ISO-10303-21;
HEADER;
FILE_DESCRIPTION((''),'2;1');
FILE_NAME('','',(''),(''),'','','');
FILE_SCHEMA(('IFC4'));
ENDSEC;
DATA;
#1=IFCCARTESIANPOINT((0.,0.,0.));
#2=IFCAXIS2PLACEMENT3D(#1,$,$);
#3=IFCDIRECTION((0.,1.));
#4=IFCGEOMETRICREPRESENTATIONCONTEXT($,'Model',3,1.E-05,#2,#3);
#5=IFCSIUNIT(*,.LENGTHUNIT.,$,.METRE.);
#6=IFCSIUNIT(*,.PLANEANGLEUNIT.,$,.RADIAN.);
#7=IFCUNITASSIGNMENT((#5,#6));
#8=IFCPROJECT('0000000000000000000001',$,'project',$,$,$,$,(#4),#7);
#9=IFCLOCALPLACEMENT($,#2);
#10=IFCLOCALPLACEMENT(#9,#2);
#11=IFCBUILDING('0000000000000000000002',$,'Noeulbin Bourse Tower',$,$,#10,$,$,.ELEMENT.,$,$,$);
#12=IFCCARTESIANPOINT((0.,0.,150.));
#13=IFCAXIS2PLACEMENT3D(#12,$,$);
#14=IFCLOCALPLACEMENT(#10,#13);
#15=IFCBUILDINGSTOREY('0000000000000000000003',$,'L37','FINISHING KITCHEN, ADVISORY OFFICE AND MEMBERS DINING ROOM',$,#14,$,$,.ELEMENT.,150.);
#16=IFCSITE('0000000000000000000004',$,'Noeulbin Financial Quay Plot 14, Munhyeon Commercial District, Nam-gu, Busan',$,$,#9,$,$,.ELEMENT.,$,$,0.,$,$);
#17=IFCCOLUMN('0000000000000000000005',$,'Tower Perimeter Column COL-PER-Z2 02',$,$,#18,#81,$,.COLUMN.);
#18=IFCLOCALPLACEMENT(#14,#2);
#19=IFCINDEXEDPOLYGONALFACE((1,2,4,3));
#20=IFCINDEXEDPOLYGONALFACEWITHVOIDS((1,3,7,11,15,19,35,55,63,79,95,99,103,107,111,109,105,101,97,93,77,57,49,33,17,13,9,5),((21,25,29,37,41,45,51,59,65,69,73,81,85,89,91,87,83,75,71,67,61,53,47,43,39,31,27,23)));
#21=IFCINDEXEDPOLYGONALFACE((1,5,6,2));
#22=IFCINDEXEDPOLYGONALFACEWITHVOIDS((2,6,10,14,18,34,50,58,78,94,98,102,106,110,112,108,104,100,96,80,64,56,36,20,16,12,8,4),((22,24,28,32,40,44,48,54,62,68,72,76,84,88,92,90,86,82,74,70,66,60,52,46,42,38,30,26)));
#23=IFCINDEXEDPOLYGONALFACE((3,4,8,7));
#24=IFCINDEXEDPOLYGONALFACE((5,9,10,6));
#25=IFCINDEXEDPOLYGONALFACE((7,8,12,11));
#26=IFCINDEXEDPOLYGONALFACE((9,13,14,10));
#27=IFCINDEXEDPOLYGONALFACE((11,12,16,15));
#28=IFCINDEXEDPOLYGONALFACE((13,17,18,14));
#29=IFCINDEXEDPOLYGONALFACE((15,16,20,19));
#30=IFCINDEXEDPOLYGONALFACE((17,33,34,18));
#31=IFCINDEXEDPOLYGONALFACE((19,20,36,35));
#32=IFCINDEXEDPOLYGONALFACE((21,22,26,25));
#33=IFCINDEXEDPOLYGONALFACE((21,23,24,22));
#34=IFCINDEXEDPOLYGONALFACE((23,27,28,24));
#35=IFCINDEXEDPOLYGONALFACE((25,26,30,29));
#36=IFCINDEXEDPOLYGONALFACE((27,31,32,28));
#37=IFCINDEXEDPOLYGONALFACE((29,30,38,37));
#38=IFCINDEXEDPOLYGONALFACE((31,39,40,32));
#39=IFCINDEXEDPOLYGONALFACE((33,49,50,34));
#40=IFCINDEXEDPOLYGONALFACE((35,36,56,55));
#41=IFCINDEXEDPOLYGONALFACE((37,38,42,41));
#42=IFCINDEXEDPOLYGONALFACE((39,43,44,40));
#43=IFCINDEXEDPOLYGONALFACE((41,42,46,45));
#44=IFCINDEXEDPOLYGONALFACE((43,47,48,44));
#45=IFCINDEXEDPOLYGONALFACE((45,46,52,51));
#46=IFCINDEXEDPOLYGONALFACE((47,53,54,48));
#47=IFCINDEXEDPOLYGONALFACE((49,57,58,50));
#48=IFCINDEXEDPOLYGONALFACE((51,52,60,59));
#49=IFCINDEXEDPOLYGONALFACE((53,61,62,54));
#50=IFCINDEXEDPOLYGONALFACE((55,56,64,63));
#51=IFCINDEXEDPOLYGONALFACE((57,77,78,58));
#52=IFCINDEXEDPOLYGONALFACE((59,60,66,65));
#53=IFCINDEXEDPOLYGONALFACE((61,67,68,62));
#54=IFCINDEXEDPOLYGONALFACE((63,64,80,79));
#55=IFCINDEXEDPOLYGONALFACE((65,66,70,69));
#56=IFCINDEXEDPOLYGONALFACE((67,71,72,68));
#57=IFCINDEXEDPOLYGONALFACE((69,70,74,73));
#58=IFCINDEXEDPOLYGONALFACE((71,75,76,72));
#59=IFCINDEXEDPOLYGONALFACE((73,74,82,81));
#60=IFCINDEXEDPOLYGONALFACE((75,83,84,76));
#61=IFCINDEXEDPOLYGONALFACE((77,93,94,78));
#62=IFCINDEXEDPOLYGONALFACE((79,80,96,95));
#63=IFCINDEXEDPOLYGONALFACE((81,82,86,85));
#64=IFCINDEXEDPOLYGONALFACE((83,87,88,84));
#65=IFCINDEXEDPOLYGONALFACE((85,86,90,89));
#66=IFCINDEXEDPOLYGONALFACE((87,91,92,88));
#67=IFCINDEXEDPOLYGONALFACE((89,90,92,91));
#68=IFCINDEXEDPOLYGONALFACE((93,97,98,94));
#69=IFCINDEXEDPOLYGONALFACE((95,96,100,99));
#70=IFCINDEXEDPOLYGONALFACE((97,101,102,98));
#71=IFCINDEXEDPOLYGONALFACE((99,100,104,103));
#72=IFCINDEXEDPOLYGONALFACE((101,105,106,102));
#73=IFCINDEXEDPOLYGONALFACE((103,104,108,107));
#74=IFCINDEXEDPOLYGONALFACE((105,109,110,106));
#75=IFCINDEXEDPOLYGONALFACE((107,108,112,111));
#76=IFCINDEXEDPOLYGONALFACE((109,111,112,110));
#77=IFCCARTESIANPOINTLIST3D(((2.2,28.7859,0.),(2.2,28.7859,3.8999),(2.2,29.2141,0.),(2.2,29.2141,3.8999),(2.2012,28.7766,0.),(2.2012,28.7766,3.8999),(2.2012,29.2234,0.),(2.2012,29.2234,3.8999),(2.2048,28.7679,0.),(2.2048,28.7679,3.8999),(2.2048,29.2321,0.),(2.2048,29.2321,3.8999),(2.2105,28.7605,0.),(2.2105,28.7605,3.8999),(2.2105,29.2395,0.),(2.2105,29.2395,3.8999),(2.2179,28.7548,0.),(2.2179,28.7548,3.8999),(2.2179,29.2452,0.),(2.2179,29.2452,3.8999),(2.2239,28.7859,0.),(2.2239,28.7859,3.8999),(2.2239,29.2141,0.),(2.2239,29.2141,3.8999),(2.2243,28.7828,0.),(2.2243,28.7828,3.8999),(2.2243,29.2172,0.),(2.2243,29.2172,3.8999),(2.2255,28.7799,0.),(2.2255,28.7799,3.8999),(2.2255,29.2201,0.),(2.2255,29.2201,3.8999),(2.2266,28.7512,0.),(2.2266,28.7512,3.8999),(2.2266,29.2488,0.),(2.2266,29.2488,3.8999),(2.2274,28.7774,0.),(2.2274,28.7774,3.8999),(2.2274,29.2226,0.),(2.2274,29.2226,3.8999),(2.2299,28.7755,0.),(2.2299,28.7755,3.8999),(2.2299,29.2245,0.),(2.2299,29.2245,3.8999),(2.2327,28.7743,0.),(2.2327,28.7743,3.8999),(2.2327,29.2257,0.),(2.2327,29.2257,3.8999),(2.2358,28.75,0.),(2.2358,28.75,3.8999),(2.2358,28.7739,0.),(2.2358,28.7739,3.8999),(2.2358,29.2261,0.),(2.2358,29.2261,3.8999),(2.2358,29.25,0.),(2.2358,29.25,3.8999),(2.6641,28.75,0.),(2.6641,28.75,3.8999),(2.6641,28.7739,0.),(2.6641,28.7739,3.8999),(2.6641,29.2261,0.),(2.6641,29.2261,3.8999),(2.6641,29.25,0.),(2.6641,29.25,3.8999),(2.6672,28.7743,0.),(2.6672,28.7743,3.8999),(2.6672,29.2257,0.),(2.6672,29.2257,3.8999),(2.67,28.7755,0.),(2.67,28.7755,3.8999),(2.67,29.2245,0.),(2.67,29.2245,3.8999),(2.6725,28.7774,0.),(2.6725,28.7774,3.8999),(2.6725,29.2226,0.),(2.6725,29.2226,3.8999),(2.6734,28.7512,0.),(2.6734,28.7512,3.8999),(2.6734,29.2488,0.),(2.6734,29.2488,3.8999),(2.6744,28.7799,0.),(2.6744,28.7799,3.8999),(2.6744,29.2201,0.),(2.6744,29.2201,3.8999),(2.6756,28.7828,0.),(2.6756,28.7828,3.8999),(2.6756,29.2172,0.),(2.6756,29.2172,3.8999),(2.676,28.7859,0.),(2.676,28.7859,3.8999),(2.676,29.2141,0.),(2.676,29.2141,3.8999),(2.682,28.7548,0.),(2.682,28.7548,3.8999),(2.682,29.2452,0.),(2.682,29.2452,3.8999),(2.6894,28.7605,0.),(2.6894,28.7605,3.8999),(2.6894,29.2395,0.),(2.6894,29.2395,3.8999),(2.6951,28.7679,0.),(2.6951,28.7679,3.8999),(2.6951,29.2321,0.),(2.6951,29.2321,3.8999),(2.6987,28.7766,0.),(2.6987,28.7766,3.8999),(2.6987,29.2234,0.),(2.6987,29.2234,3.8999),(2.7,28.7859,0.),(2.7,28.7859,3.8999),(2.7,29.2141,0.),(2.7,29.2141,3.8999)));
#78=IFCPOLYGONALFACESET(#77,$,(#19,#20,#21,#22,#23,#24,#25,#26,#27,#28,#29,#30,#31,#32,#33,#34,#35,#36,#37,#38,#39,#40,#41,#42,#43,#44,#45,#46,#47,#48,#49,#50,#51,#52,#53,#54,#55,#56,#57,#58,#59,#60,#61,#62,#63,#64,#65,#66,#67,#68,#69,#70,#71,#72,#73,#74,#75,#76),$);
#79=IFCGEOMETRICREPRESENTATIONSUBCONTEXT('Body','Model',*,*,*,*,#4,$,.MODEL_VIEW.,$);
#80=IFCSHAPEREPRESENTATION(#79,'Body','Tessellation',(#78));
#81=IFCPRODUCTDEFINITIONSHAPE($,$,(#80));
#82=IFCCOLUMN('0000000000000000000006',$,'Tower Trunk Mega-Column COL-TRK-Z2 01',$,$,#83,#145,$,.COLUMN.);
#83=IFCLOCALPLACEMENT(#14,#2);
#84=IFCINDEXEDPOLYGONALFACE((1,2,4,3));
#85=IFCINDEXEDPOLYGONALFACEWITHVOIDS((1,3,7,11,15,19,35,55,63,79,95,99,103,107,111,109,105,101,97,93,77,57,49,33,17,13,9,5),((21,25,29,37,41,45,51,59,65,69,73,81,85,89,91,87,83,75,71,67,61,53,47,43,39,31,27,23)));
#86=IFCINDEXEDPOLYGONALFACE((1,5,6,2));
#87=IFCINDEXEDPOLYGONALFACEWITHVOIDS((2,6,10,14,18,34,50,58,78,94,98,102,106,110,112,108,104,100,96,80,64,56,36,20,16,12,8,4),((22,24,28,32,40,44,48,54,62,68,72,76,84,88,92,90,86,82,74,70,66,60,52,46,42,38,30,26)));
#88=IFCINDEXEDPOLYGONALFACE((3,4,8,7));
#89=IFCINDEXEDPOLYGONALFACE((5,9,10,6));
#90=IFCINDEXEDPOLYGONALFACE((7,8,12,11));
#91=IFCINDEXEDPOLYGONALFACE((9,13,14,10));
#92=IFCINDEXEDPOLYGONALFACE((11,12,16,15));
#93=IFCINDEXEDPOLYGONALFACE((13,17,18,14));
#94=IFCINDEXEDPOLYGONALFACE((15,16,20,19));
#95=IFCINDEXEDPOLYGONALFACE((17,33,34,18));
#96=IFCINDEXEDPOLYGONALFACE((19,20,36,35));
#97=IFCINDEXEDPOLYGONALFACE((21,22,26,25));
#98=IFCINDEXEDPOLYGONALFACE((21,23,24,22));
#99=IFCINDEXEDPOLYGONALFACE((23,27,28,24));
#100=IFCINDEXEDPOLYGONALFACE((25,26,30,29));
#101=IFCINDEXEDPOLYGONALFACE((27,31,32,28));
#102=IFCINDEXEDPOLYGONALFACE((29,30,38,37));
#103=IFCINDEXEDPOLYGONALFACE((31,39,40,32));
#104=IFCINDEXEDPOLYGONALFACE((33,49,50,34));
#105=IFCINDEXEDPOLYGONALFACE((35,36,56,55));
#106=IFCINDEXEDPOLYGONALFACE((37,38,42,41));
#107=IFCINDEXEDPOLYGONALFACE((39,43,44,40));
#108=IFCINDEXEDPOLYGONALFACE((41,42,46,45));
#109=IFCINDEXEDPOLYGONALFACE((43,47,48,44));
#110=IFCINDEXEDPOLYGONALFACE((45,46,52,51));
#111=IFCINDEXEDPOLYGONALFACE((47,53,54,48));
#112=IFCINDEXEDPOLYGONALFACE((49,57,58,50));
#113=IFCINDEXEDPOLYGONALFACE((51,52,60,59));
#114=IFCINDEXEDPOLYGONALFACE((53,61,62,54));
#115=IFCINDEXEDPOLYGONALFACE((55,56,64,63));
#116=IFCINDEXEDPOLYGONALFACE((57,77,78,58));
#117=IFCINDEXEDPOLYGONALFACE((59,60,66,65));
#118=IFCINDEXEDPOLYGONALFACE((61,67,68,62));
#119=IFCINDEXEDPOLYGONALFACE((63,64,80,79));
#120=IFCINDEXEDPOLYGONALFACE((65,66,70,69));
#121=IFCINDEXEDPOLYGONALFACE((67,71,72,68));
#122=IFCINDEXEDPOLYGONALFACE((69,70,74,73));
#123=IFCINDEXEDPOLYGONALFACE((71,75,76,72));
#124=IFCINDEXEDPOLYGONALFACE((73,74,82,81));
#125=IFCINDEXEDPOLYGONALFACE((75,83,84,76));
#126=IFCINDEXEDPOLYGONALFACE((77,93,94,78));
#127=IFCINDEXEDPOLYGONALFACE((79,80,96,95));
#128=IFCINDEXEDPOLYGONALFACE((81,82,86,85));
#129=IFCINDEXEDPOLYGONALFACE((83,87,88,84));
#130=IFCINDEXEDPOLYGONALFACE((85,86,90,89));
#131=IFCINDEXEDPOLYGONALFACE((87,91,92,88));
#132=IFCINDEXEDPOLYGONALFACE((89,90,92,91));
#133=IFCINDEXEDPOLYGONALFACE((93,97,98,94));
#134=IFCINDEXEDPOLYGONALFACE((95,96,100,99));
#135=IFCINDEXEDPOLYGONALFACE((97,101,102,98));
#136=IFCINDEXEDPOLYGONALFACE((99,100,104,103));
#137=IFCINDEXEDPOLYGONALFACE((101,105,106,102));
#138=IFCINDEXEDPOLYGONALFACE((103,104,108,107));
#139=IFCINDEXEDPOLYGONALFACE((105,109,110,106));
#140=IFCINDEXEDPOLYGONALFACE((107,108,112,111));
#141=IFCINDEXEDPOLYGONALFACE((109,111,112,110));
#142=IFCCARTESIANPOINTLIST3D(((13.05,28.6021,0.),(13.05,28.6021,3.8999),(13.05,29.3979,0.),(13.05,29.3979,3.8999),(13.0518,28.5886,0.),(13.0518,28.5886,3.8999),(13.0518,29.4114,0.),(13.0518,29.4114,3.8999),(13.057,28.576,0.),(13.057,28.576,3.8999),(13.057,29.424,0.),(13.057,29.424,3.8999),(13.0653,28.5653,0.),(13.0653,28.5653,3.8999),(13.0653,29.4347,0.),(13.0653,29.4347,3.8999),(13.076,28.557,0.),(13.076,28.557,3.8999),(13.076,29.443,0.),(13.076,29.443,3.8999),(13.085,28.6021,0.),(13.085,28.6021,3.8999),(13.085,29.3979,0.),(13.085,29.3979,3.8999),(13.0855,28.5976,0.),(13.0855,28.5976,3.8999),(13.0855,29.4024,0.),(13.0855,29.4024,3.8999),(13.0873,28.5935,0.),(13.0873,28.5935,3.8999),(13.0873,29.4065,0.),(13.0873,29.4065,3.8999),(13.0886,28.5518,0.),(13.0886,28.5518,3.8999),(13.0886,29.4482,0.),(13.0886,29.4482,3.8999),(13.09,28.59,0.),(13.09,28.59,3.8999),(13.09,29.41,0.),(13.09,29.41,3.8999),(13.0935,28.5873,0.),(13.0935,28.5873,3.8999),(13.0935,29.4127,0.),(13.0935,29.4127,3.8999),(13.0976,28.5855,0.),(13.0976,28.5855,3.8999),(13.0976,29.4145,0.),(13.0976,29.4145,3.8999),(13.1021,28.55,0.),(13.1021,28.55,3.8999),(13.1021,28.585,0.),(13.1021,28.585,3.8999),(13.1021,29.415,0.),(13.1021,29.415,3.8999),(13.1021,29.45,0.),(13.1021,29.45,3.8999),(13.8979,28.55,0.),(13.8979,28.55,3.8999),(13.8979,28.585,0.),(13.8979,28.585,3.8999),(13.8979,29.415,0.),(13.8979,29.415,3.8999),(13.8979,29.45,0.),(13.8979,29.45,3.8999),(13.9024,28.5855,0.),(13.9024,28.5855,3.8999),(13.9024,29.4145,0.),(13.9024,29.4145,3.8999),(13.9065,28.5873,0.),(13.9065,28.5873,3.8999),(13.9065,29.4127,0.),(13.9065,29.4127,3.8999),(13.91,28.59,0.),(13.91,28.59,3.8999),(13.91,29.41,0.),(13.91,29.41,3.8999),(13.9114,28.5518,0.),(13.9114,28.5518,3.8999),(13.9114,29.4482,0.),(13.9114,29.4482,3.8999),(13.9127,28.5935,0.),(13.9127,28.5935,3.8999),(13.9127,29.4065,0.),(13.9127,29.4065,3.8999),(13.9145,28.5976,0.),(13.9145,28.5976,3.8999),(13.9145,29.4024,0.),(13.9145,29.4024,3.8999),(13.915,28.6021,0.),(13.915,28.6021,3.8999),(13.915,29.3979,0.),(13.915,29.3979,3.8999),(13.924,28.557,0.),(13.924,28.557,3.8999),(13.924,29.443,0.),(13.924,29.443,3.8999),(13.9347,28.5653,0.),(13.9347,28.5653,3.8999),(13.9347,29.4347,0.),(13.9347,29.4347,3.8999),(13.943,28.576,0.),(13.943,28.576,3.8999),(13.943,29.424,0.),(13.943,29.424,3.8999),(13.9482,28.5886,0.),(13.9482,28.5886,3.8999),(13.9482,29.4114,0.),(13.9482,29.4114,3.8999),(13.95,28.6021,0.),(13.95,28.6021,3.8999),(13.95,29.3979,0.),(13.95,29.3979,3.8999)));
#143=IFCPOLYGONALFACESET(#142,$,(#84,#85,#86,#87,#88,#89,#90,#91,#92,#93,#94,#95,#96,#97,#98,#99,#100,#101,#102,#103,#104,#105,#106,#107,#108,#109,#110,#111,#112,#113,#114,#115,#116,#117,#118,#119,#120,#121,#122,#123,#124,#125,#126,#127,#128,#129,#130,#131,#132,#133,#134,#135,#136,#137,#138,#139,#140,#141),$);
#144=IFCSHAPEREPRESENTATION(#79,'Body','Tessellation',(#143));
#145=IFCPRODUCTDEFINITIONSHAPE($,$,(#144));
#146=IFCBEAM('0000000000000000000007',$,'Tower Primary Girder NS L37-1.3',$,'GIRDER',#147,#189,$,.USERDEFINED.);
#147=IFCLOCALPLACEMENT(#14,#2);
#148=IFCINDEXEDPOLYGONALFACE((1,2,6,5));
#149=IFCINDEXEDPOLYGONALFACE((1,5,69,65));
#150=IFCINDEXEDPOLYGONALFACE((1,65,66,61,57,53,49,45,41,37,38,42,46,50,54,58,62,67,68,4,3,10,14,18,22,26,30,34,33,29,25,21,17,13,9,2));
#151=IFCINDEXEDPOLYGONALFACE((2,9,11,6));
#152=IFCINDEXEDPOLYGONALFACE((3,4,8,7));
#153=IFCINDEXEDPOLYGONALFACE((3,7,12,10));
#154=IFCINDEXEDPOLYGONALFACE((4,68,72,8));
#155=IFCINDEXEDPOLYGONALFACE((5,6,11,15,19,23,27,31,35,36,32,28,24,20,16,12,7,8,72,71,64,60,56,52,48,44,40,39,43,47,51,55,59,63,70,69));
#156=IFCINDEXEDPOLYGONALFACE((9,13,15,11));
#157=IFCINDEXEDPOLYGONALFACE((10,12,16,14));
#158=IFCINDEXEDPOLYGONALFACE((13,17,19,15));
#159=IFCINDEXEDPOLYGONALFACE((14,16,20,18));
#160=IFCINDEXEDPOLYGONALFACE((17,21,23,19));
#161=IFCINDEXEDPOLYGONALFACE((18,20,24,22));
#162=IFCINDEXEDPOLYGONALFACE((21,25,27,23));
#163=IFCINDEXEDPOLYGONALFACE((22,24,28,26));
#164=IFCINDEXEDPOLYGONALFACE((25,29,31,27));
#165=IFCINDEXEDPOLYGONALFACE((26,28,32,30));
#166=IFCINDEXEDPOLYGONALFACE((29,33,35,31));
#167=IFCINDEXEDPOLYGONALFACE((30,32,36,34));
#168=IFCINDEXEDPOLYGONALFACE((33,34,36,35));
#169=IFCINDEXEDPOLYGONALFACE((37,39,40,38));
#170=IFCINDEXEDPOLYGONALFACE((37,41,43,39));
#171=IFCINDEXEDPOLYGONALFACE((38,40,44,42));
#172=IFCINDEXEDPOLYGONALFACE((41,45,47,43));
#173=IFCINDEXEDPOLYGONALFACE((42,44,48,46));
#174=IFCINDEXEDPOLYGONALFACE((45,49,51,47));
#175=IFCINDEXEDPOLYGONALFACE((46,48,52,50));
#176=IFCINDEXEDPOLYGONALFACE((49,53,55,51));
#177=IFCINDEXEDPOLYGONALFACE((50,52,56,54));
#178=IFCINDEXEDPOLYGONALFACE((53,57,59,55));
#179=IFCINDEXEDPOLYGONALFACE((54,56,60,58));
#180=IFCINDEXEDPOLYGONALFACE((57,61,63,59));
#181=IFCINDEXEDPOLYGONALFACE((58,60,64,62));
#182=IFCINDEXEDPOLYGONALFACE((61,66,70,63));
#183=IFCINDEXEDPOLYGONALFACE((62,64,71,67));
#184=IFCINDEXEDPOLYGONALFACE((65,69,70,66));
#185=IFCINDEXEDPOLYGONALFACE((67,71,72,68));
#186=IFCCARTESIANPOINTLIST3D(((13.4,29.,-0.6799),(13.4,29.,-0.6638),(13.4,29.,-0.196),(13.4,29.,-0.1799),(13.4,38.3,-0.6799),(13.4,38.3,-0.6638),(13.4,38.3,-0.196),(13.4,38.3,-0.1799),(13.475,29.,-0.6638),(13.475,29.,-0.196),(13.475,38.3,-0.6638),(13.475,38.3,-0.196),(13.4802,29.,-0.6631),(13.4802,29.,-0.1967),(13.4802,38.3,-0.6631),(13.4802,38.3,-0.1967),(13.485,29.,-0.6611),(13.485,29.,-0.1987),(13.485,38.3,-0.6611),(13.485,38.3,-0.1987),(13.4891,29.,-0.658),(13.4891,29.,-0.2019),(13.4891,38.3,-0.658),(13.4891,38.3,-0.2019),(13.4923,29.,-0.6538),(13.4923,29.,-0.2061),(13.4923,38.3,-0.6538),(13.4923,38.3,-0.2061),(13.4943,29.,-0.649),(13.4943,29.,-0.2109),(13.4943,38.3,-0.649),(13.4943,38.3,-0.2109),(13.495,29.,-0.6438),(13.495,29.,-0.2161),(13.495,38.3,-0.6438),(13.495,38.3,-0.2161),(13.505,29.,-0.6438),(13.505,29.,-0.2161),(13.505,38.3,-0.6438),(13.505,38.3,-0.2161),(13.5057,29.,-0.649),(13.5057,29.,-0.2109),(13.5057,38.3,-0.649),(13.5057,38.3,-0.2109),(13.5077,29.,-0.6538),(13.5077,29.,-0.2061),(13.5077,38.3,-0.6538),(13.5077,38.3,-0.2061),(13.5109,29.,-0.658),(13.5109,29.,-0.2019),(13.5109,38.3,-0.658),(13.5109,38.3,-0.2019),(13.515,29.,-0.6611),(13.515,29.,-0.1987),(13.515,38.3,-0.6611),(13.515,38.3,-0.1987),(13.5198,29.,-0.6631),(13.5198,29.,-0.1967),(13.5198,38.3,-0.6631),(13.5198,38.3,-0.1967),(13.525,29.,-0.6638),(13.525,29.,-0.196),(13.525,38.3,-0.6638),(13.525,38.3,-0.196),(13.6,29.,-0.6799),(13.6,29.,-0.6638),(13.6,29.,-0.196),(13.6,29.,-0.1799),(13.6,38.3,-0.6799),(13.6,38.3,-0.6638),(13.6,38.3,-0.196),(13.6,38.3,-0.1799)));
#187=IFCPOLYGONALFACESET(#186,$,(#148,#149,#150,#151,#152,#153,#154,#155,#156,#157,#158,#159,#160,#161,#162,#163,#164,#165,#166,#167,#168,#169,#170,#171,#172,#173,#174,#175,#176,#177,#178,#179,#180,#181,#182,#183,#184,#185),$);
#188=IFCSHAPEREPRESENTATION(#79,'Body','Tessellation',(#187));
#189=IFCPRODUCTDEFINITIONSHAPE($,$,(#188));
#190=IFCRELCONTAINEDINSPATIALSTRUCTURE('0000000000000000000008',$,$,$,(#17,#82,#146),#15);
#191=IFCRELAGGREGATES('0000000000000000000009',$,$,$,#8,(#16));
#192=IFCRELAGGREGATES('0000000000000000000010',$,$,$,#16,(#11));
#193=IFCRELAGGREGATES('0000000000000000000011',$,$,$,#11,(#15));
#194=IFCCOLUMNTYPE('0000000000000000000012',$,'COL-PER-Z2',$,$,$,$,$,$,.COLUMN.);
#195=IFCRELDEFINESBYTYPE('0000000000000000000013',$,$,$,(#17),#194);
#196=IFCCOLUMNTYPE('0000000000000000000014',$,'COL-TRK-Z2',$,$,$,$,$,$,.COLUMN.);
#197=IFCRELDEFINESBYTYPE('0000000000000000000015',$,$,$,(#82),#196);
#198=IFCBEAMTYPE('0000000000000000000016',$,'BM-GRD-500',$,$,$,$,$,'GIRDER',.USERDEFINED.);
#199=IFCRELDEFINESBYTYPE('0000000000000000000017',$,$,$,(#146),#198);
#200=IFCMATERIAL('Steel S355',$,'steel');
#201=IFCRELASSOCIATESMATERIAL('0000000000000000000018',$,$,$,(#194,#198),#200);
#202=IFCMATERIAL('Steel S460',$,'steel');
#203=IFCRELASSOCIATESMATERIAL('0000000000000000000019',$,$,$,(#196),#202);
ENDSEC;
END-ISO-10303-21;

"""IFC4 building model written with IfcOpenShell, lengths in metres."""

from ifc_helpers import new_model, si_unit, direction, frame, origin, origin_2d, place, context, subcontext, project, spatial, hollow_rectangle, i_section, extrude, material, material_profile, profile_set, type_object, element, save


model = new_model("IFC4")

# Units and contexts
model_context = context("Model", 3, precision=1e-05, world=origin(), true_north=direction((0.0, 1.0)))
body_context = subcontext(model_context, "Body", "Model", "MODEL_VIEW")
ifc_project = project(units=[si_unit("LENGTHUNIT", "METRE"), si_unit("PLANEANGLEUNIT", "RADIAN")], contexts=[model_context])

# Site, building, storey
site_placement = place(None, origin())
site = spatial("IfcSite", under=ifc_project, at=site_placement, Name="Noeulbin Financial Quay Plot 14, Munhyeon Commercial District, Nam-gu, Busan", CompositionType="ELEMENT", RefElevation=0.0)
building_placement = place(site_placement, origin())
building = spatial("IfcBuilding", under=site, at=building_placement, Name="Noeulbin Bourse Tower", CompositionType="ELEMENT")
storey_placement = place(building_placement, frame((0.0, 0.0, 150.0)))
storey = spatial("IfcBuildingStorey", under=building, at=storey_placement, Name="L37", Description="FINISHING KITCHEN, ADVISORY OFFICE AND MEMBERS DINING ROOM", CompositionType="ELEMENT", Elevation=150.0)

# Columns
ifc_material_1 = material(Name="Steel S355", Category="steel")
ifc_material_profile_1 = material_profile(ifc_material_1, hollow_rectangle(XDim=0.5, YDim=0.5, WallThickness=0.0239, InnerFilletRadius=0.012, OuterFilletRadius=0.0359, at=origin_2d()), Name="BOX-500x500x24", Category="LoadBearing")
ifc_profile_set_1 = profile_set([ifc_material_profile_1], Name="Steel S355")
column_type_1 = type_object("IfcColumnType", Name="COL-PER-Z2", PredefinedType="COLUMN", material=ifc_profile_set_1)
column_1_placement = place(storey_placement, frame((2.45, 29.0, 0.0), z_axis=(0.0, 0.0, 1.0), x_axis=(1.0, 0.0, 0.0)))
element("IfcColumn", 1, at=column_1_placement, inside=storey, type_object=column_type_1, Name="Tower Perimeter Column COL-PER-Z2 02", PredefinedType="COLUMN", context=body_context, shape_type="SweptSolid", body=[
    extrude(hollow_rectangle(XDim=0.5, YDim=0.5, WallThickness=0.0239, InnerFilletRadius=0.012, OuterFilletRadius=0.0359, at=origin_2d()), origin(), (0.0, 0.0, 1.0), 3.8999),
])
ifc_material_2 = material(Name="Steel S460", Category="steel")
ifc_material_profile_2 = material_profile(ifc_material_2, hollow_rectangle(XDim=0.8999, YDim=0.8999, WallThickness=0.0349, InnerFilletRadius=0.0171, OuterFilletRadius=0.052, at=origin_2d()), Name="BOX-900x900x35", Category="LoadBearing")
ifc_profile_set_2 = profile_set([ifc_material_profile_2], Name="Steel S460")
column_type_2 = type_object("IfcColumnType", Name="COL-TRK-Z2", PredefinedType="COLUMN", material=ifc_profile_set_2)
column_2_placement = place(storey_placement, frame((13.5, 29.0, 0.0), z_axis=(0.0, 0.0, 1.0), x_axis=(1.0, 0.0, 0.0)))
element("IfcColumn", 2, at=column_2_placement, inside=storey, type_object=column_type_2, Name="Tower Trunk Mega-Column COL-TRK-Z2 01", PredefinedType="COLUMN", context=body_context, shape_type="SweptSolid", body=[
    extrude(hollow_rectangle(XDim=0.8999, YDim=0.8999, WallThickness=0.0349, InnerFilletRadius=0.0171, OuterFilletRadius=0.052, at=origin_2d()), origin(), (0.0, 0.0, 1.0), 3.8999),
])

# Beam
ifc_material_profile_3 = material_profile(ifc_material_1, i_section(OverallWidth=0.2, OverallDepth=0.5, WebThickness=0.01, FlangeThickness=0.0161, FilletRadius=0.02, at=origin_2d()), Name="H-500x200x10x16", Category="LoadBearing")
ifc_profile_set_3 = profile_set([ifc_material_profile_3], Name="Steel S355")
beam_type_1 = type_object("IfcBeamType", Name="BM-GRD-500", ElementType="GIRDER", PredefinedType="USERDEFINED", material=ifc_profile_set_3)
beam_1_placement = place(storey_placement, frame((13.5, 29.0, -0.4299), z_axis=(0.0, 1.0, 0.0), x_axis=(-1.0, 0.0, 0.0)))
element("IfcBeam", 3, at=beam_1_placement, inside=storey, type_object=beam_type_1, Name="Tower Primary Girder NS L37-1.3", ObjectType="GIRDER", PredefinedType="USERDEFINED", context=body_context, shape_type="SweptSolid", body=[
    extrude(i_section(OverallWidth=0.2, OverallDepth=0.5, WebThickness=0.01, FlangeThickness=0.0161, FilletRadius=0.02, at=origin_2d()), origin(), (0.0, 0.0, 1.0), 9.3),
])

save(model, "model.ifc")
